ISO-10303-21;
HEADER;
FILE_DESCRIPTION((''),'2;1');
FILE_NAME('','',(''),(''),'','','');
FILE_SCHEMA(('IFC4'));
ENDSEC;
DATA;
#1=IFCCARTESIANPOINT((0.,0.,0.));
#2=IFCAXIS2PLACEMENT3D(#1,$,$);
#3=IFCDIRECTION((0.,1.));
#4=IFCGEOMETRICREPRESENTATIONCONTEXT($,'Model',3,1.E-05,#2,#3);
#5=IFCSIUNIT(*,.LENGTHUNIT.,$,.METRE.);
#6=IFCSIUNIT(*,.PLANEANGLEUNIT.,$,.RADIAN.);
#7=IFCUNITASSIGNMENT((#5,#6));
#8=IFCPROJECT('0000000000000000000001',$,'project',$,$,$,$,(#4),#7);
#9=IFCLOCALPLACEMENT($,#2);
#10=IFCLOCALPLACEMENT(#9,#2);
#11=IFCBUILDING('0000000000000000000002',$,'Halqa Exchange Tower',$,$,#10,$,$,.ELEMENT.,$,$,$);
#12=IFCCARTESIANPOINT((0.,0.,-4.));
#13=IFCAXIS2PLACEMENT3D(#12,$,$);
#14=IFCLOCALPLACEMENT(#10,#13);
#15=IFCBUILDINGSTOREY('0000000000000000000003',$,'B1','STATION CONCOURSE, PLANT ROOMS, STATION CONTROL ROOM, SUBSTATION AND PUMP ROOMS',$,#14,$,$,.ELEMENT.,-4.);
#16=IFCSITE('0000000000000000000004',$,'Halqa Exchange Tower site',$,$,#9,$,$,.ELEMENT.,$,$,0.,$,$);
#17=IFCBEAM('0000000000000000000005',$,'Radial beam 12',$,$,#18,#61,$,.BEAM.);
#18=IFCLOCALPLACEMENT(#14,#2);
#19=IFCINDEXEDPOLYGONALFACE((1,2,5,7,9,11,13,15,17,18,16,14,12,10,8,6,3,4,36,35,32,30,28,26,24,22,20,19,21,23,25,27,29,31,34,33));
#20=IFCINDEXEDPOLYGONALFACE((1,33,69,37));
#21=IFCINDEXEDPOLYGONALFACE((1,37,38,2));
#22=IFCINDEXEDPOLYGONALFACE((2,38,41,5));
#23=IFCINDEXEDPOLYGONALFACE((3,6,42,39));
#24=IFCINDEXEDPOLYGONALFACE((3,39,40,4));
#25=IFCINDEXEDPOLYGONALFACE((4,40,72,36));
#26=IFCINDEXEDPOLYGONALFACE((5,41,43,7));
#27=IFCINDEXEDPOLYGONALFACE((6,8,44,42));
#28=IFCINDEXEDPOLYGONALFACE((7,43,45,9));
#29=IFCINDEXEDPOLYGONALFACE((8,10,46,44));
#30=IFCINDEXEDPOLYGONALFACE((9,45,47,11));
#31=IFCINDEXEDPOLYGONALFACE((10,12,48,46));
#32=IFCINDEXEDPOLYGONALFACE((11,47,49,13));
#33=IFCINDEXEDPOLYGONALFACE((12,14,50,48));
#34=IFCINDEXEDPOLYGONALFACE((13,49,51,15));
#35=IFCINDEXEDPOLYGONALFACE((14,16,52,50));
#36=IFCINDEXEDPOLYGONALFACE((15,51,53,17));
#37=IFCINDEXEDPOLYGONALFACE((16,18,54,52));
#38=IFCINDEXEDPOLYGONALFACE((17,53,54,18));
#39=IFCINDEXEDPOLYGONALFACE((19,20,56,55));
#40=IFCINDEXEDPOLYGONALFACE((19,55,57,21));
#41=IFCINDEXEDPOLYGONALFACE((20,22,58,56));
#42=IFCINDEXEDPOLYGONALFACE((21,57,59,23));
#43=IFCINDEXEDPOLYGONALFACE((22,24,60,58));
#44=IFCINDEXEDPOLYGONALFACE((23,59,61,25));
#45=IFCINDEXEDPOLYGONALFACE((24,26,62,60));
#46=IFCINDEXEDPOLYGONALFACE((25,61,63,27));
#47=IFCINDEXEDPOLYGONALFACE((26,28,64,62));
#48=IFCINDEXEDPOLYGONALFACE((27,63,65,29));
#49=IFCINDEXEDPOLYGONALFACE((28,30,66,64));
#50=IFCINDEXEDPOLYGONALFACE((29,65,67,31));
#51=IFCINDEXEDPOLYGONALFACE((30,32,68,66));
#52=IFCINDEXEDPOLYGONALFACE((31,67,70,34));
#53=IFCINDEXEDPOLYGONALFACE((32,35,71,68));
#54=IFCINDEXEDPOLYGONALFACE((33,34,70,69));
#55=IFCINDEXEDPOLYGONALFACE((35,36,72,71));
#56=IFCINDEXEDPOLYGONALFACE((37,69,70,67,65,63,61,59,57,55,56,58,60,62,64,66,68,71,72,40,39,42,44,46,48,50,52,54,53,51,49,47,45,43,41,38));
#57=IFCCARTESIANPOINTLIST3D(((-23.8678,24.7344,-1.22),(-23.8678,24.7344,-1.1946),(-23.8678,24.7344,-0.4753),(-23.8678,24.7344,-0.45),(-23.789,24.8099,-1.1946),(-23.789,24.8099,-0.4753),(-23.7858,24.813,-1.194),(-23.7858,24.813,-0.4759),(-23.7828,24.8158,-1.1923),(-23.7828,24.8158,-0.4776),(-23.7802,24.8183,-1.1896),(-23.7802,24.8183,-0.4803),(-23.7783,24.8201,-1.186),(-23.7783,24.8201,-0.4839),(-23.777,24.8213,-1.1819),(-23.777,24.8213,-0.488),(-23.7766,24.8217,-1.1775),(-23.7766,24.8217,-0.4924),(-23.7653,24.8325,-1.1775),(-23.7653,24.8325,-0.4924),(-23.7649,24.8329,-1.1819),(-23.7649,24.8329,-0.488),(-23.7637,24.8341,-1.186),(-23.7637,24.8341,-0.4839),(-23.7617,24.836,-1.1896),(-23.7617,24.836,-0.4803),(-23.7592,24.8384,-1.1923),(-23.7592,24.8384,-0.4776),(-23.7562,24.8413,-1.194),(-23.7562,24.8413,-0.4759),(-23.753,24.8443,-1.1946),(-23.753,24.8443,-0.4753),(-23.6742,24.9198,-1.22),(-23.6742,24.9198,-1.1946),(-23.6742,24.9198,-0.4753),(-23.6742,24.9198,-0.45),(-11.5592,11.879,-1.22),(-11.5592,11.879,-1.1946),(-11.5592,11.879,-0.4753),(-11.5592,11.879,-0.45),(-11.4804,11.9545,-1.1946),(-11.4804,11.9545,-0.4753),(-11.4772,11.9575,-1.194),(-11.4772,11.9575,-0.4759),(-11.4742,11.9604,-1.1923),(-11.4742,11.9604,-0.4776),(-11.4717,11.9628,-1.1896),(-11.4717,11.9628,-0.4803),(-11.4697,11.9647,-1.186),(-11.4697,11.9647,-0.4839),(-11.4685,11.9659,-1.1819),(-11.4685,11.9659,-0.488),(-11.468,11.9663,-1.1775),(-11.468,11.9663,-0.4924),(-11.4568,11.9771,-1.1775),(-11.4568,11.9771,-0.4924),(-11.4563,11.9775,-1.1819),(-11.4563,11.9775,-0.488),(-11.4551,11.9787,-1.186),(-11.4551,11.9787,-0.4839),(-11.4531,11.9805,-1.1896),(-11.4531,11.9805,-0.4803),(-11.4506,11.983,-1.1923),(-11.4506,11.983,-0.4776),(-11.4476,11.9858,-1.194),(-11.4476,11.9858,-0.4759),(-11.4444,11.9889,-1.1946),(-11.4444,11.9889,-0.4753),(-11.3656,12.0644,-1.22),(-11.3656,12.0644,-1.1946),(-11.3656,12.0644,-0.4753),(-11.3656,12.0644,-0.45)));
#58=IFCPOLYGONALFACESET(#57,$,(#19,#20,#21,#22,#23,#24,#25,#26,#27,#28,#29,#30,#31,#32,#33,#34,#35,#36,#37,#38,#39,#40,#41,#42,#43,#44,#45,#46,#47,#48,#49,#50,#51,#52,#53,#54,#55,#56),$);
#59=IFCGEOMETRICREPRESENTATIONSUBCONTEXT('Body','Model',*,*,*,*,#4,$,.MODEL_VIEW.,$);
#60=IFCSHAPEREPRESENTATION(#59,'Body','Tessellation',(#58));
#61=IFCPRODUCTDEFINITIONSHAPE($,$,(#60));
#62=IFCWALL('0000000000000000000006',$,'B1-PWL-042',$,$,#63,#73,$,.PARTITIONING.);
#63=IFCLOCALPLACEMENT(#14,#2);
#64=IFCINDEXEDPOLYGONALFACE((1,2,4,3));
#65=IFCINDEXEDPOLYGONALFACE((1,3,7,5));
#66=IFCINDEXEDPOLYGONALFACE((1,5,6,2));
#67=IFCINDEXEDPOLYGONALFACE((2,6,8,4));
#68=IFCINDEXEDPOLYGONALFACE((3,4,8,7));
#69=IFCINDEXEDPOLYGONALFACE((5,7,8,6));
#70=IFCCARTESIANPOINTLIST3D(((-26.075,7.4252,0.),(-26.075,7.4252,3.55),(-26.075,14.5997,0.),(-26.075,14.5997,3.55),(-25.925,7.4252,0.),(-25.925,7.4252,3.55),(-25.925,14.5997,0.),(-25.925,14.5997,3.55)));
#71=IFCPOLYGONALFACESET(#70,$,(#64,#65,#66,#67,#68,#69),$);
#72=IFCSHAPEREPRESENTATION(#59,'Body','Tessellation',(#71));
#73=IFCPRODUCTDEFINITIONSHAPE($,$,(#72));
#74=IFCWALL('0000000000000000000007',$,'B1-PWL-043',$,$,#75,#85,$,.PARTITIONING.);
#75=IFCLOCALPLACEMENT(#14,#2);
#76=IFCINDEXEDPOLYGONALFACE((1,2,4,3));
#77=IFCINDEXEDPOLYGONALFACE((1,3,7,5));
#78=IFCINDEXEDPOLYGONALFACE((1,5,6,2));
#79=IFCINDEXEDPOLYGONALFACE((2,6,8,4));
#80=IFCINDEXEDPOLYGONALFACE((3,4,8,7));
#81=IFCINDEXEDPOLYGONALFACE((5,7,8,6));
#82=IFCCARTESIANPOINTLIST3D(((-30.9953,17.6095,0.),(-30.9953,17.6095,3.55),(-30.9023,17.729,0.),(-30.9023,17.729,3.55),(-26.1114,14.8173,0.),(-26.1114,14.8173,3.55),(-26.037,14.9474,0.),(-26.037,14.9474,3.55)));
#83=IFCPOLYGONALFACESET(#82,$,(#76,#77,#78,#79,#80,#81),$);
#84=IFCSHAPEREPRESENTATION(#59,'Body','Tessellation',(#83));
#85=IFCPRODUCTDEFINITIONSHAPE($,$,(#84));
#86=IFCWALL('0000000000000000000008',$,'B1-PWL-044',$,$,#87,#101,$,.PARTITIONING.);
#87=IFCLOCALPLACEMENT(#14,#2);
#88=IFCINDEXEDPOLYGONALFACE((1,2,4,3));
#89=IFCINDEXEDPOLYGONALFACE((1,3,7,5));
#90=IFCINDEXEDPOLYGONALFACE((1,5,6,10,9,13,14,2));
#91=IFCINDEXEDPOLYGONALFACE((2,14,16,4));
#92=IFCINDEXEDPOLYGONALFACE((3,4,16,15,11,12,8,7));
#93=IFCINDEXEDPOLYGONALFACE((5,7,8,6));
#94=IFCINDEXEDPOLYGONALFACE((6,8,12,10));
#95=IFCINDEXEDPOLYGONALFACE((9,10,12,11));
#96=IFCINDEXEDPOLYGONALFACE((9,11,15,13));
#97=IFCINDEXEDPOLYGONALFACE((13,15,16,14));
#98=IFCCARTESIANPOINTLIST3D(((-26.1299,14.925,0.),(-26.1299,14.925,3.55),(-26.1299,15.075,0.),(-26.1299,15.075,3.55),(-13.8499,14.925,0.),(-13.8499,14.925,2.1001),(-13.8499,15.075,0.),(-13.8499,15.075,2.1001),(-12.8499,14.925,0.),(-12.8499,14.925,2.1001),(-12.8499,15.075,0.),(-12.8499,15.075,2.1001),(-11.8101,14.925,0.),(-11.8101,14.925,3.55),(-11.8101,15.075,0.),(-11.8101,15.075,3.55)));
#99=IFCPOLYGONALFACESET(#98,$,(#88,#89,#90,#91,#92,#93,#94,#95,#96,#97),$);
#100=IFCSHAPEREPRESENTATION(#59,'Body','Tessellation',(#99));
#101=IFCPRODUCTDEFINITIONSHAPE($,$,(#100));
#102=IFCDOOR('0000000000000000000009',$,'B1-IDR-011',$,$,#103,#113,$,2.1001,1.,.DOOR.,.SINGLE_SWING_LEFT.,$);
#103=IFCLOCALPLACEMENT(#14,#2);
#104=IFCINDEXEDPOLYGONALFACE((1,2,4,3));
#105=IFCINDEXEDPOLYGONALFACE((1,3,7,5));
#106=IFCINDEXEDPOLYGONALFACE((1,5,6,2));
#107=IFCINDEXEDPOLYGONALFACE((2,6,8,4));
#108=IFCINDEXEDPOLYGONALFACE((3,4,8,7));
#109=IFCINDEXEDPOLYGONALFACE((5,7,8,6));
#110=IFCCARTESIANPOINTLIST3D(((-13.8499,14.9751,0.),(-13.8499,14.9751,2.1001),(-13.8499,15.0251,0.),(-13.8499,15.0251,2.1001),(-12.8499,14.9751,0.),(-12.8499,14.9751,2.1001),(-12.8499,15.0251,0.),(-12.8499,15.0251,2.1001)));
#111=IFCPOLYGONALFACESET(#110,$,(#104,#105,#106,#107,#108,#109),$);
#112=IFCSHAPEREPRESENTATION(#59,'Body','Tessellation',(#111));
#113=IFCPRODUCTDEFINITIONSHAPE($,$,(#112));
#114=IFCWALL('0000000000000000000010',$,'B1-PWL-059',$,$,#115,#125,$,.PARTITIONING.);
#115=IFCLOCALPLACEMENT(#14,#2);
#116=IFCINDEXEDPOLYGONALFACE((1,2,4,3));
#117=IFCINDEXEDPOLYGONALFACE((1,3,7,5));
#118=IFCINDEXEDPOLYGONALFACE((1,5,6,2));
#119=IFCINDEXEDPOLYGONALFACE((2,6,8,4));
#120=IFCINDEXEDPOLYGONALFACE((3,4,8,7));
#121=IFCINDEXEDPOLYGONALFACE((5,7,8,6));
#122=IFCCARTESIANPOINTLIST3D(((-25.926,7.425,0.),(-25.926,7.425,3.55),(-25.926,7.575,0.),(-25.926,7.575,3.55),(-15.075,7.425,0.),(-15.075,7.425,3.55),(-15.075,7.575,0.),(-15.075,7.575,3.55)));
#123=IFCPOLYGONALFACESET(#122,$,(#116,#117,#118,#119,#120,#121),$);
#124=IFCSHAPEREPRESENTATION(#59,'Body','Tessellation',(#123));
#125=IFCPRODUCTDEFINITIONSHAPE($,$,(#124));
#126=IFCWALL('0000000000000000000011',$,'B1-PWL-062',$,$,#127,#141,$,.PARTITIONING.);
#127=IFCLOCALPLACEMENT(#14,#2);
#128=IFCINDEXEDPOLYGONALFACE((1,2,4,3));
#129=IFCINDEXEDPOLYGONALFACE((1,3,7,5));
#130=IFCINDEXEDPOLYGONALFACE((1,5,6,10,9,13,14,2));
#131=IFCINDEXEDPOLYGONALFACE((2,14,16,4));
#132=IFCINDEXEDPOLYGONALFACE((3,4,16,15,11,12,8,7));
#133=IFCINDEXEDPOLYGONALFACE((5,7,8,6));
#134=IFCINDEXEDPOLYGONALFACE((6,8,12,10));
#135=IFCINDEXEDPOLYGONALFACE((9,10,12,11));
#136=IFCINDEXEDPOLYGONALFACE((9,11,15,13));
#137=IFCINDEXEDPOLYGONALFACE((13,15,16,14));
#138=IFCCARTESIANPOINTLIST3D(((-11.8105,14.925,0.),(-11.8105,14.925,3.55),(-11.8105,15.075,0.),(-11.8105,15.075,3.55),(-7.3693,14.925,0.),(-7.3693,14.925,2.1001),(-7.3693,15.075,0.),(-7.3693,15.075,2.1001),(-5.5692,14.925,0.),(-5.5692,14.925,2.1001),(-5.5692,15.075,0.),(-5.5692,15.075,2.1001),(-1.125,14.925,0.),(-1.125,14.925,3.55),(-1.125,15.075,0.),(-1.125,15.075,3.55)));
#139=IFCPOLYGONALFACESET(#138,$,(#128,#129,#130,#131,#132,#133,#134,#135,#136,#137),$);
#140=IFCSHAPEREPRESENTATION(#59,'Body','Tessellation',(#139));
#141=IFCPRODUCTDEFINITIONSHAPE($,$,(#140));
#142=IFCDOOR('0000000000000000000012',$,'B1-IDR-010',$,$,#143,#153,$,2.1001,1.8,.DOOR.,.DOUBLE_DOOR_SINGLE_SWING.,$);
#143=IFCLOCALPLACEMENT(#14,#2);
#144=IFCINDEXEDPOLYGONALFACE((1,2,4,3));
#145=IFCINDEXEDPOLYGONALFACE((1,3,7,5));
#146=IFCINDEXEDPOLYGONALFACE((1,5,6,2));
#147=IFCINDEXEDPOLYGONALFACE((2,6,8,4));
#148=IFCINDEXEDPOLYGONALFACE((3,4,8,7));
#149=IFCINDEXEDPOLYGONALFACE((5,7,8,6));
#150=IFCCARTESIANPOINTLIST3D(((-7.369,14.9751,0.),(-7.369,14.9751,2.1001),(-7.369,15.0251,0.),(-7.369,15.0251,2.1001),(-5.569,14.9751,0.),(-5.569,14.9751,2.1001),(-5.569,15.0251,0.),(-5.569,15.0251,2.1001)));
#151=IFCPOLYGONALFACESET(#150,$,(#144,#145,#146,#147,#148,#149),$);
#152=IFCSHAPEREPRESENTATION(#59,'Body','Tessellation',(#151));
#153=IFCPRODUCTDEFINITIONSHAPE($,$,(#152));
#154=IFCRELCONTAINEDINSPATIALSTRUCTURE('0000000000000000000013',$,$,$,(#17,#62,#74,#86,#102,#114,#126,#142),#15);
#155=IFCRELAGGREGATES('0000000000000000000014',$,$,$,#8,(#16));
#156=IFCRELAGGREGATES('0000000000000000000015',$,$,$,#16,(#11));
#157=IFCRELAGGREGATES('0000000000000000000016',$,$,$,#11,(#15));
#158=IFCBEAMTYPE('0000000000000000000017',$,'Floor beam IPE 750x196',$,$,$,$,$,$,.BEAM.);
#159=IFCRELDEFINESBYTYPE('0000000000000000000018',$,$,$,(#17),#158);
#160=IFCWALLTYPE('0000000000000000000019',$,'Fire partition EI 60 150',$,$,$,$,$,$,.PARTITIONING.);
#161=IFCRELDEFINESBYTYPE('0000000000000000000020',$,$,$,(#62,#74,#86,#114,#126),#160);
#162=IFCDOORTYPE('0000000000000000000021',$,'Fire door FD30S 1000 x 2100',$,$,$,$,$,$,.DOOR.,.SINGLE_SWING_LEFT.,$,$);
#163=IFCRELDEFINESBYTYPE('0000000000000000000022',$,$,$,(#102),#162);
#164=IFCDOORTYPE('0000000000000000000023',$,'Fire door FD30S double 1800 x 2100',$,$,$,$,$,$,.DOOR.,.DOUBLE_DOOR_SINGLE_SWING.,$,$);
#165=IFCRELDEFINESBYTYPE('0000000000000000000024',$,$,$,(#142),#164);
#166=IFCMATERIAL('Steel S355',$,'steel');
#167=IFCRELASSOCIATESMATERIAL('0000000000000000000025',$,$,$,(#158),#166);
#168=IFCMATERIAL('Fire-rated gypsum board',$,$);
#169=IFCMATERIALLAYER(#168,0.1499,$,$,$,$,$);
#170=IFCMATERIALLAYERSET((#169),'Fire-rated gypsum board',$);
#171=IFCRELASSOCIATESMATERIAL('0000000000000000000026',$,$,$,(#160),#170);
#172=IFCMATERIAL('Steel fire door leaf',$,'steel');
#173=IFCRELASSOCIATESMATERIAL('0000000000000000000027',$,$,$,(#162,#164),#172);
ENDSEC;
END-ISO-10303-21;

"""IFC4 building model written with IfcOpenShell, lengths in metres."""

from ifc_helpers import new_model, si_unit, direction, frame, frame_2d, origin, origin_2d, place, context, subcontext, project, spatial, polyline, rectangle, i_section, outline, extrude, material, layer, layer_set, material_profile, profile_set, type_object, element, fill, save


model = new_model("IFC4")

# Units and contexts
model_context = context("Model", 3, precision=1e-05, world=origin(), true_north=direction((0.0, 1.0)))
body_context = subcontext(model_context, "Body", "Model", "MODEL_VIEW")
ifc_project = project(units=[si_unit("LENGTHUNIT", "METRE"), si_unit("PLANEANGLEUNIT", "RADIAN")], contexts=[model_context])

# Site, building, storey
site_placement = place(None, origin())
site = spatial("IfcSite", under=ifc_project, at=site_placement, Name="Halqa Exchange Tower site", CompositionType="ELEMENT", RefElevation=0.0)
building_placement = place(site_placement, origin())
building = spatial("IfcBuilding", under=site, at=building_placement, Name="Halqa Exchange Tower", CompositionType="ELEMENT")
storey_placement = place(building_placement, frame((0.0, 0.0, -4.0)))
storey = spatial("IfcBuildingStorey", under=building, at=storey_placement, Name="B1", Description="STATION CONCOURSE, PLANT ROOMS, STATION CONTROL ROOM, SUBSTATION AND PUMP ROOMS", CompositionType="ELEMENT", Elevation=-4.0)

# Beam
ifc_material_1 = material(Name="Steel S355", Category="steel")
ifc_material_profile_1 = material_profile(ifc_material_1, i_section(OverallWidth=0.2681, OverallDepth=0.77, WebThickness=0.0156, FlangeThickness=0.0254, FilletRadius=0.0171, at=origin_2d()), Name="IPE 750x196")
ifc_profile_set_1 = profile_set([ifc_material_profile_1], Name="Steel S355")
beam_type_1 = type_object("IfcBeamType", Name="Floor beam IPE 750x196", PredefinedType="BEAM", material=ifc_profile_set_1)
beam_1_placement = place(storey_placement, frame((-11.4624, 11.9717, -0.835), z_axis=(-0.691576, 0.722303, 0.0), x_axis=(-0.722303, -0.691576, 0.0)))
element("IfcBeam", 1, at=beam_1_placement, inside=storey, type_object=beam_type_1, Name="Radial beam 12", PredefinedType="BEAM", context=body_context, shape_type="SweptSolid", body=[
    extrude(i_section(OverallWidth=0.2681, OverallDepth=0.77, WebThickness=0.0156, FlangeThickness=0.0254, FilletRadius=0.0171, at=origin_2d()), origin(), (0.0, 0.0, 1.0), 17.7979),
])

# Walls
ifc_material_2 = material(Name="Fire-rated gypsum board")
ifc_layer_1 = layer(ifc_material_2, 0.1499)
ifc_layer_set_1 = layer_set([ifc_layer_1], Name="Fire-rated gypsum board")
wall_type_1 = type_object("IfcWallType", Name="Fire partition EI 60 150", PredefinedType="PARTITIONING", material=ifc_layer_set_1)
wall_1_placement = place(storey_placement, frame((-26.0, 7.425, 0.0), z_axis=(0.0, 0.0, 1.0), x_axis=(0.0, 1.0, 0.0)))
element("IfcWall", 2, at=wall_1_placement, inside=storey, type_object=wall_type_1, Name="B1-PWL-042", PredefinedType="PARTITIONING", context=body_context, shape_type="SweptSolid", body=[
    extrude(rectangle(XDim=7.1746, YDim=0.1499, at=frame_2d((3.5874, 0.0))), origin(), (0.0, 0.0, 1.0), 3.55),
])
wall_2_placement = place(storey_placement, frame((-26.0742, 14.8823, 0.0), z_axis=(0.0, 0.0, 1.0), x_axis=(-0.868133, 0.496331, 0.0)))
element("IfcWall", 3, at=wall_2_placement, inside=storey, type_object=wall_type_1, Name="B1-PWL-043", PredefinedType="PARTITIONING", context=body_context, shape_type="SweptSolid", body=[
    extrude(outline(polyline([(0.0, -0.075), (5.6042, -0.075), (5.6257, 0.075), (0.0, 0.075), (0.0, -0.075)])), origin(), (0.0, 0.0, 1.0), 3.55),
])

# Wall, opening, door
wall_3_placement = place(storey_placement, frame((-26.1299, 15.0, 0.0), z_axis=(0.0, 0.0, 1.0), x_axis=(1.0, 0.0, 0.0)))
wall_3 = element("IfcWall", 4, at=wall_3_placement, inside=storey, type_object=wall_type_1, Name="B1-PWL-044", PredefinedType="PARTITIONING", context=body_context, shape_type="SweptSolid", body=[
    extrude(rectangle(XDim=14.3198, YDim=0.1499, at=frame_2d((7.1599, 0.0))), origin(), (0.0, 0.0, 1.0), 3.55),
])
opening_1_placement = place(wall_3_placement, frame((12.28, 0.0, 0.0)))
opening_1 = element("IfcOpeningElement", 5, at=opening_1_placement, cuts=wall_3, PredefinedType="OPENING", context=body_context, shape_type="SweptSolid", body=[
    extrude(rectangle(XDim=1.0, YDim=2.1001, at=frame_2d((0.5, 1.05))), frame((0.0, 0.0869, 0.0), z_axis=(0.0, -1.0, 0.0), x_axis=(1.0, 0.0, 0.0)), (0.0, 0.0, 1.0), 0.1738),
])
ifc_material_3 = material(Name="Steel fire door leaf", Category="steel")
door_type_1 = type_object("IfcDoorType", Name="Fire door FD30S 1000 x 2100", OperationType="SINGLE_SWING_LEFT", PredefinedType="DOOR", material=ifc_material_3)
door_1_placement = place(opening_1_placement, frame((1.0, 0.0, 0.0), z_axis=(0.0, 0.0, 1.0), x_axis=(-1.0, 0.0, 0.0)))
door_1 = element("IfcDoor", 6, at=door_1_placement, inside=storey, type_object=door_type_1, Name="B1-IDR-011", OperationType="SINGLE_SWING_LEFT", OverallHeight=2.1001, OverallWidth=1.0, PredefinedType="DOOR", context=body_context, shape_type="SweptSolid", body=[
    extrude(rectangle(XDim=1.0, YDim=2.1001, at=frame_2d((0.5, 1.05))), frame((0.0, 0.0249, 0.0), z_axis=(0.0, -1.0, 0.0), x_axis=(1.0, 0.0, 0.0)), (0.0, 0.0, 1.0), 0.05),
])
fill(opening_1, door_1)

# Wall
wall_4_placement = place(storey_placement, frame((-15.075, 7.5, 0.0), z_axis=(0.0, 0.0, 1.0), x_axis=(-1.0, 0.0, 0.0)))
element("IfcWall", 7, at=wall_4_placement, inside=storey, type_object=wall_type_1, Name="B1-PWL-059", PredefinedType="PARTITIONING", context=body_context, shape_type="SweptSolid", body=[
    extrude(rectangle(XDim=10.8511, YDim=0.1499, at=frame_2d((5.4255, 0.0))), origin(), (0.0, 0.0, 1.0), 3.55),
])

# Wall, opening, door
wall_5_placement = place(storey_placement, frame((-11.8105, 15.0, 0.0), z_axis=(0.0, 0.0, 1.0), x_axis=(1.0, 0.0, 0.0)))
wall_5 = element("IfcWall", 8, at=wall_5_placement, inside=storey, type_object=wall_type_1, Name="B1-PWL-062", PredefinedType="PARTITIONING", context=body_context, shape_type="SweptSolid", body=[
    extrude(rectangle(XDim=10.6855, YDim=0.1499, at=frame_2d((5.3428, 0.0))), origin(), (0.0, 0.0, 1.0), 3.55),
])
opening_2_placement = place(wall_5_placement, frame((4.4414, 0.0, 0.0)))
opening_2 = element("IfcOpeningElement", 9, at=opening_2_placement, cuts=wall_5, PredefinedType="OPENING", context=body_context, shape_type="SweptSolid", body=[
    extrude(rectangle(XDim=1.8, YDim=2.1001, at=frame_2d((0.8999, 1.05))), frame((0.0, 0.0869, 0.0), z_axis=(0.0, -1.0, 0.0), x_axis=(1.0, 0.0, 0.0)), (0.0, 0.0, 1.0), 0.1738),
])
door_type_2 = type_object("IfcDoorType", Name="Fire door FD30S double 1800 x 2100", OperationType="DOUBLE_DOOR_SINGLE_SWING", PredefinedType="DOOR", material=ifc_material_3)
door_2_placement = place(opening_2_placement, frame((1.8, 0.0, 0.0), z_axis=(0.0, 0.0, 1.0), x_axis=(-1.0, 0.0, 0.0)))
door_2 = element("IfcDoor", 10, at=door_2_placement, inside=storey, type_object=door_type_2, Name="B1-IDR-010", OperationType="DOUBLE_DOOR_SINGLE_SWING", OverallHeight=2.1001, OverallWidth=1.8, PredefinedType="DOOR", context=body_context, shape_type="SweptSolid", body=[
    extrude(rectangle(XDim=1.8, YDim=2.1001, at=frame_2d((0.8999, 1.05))), frame((0.0, 0.0249, 0.0), z_axis=(0.0, -1.0, 0.0), x_axis=(1.0, 0.0, 0.0)), (0.0, 0.0, 1.0), 0.05),
])
fill(opening_2, door_2)

save(model, "model.ifc")
